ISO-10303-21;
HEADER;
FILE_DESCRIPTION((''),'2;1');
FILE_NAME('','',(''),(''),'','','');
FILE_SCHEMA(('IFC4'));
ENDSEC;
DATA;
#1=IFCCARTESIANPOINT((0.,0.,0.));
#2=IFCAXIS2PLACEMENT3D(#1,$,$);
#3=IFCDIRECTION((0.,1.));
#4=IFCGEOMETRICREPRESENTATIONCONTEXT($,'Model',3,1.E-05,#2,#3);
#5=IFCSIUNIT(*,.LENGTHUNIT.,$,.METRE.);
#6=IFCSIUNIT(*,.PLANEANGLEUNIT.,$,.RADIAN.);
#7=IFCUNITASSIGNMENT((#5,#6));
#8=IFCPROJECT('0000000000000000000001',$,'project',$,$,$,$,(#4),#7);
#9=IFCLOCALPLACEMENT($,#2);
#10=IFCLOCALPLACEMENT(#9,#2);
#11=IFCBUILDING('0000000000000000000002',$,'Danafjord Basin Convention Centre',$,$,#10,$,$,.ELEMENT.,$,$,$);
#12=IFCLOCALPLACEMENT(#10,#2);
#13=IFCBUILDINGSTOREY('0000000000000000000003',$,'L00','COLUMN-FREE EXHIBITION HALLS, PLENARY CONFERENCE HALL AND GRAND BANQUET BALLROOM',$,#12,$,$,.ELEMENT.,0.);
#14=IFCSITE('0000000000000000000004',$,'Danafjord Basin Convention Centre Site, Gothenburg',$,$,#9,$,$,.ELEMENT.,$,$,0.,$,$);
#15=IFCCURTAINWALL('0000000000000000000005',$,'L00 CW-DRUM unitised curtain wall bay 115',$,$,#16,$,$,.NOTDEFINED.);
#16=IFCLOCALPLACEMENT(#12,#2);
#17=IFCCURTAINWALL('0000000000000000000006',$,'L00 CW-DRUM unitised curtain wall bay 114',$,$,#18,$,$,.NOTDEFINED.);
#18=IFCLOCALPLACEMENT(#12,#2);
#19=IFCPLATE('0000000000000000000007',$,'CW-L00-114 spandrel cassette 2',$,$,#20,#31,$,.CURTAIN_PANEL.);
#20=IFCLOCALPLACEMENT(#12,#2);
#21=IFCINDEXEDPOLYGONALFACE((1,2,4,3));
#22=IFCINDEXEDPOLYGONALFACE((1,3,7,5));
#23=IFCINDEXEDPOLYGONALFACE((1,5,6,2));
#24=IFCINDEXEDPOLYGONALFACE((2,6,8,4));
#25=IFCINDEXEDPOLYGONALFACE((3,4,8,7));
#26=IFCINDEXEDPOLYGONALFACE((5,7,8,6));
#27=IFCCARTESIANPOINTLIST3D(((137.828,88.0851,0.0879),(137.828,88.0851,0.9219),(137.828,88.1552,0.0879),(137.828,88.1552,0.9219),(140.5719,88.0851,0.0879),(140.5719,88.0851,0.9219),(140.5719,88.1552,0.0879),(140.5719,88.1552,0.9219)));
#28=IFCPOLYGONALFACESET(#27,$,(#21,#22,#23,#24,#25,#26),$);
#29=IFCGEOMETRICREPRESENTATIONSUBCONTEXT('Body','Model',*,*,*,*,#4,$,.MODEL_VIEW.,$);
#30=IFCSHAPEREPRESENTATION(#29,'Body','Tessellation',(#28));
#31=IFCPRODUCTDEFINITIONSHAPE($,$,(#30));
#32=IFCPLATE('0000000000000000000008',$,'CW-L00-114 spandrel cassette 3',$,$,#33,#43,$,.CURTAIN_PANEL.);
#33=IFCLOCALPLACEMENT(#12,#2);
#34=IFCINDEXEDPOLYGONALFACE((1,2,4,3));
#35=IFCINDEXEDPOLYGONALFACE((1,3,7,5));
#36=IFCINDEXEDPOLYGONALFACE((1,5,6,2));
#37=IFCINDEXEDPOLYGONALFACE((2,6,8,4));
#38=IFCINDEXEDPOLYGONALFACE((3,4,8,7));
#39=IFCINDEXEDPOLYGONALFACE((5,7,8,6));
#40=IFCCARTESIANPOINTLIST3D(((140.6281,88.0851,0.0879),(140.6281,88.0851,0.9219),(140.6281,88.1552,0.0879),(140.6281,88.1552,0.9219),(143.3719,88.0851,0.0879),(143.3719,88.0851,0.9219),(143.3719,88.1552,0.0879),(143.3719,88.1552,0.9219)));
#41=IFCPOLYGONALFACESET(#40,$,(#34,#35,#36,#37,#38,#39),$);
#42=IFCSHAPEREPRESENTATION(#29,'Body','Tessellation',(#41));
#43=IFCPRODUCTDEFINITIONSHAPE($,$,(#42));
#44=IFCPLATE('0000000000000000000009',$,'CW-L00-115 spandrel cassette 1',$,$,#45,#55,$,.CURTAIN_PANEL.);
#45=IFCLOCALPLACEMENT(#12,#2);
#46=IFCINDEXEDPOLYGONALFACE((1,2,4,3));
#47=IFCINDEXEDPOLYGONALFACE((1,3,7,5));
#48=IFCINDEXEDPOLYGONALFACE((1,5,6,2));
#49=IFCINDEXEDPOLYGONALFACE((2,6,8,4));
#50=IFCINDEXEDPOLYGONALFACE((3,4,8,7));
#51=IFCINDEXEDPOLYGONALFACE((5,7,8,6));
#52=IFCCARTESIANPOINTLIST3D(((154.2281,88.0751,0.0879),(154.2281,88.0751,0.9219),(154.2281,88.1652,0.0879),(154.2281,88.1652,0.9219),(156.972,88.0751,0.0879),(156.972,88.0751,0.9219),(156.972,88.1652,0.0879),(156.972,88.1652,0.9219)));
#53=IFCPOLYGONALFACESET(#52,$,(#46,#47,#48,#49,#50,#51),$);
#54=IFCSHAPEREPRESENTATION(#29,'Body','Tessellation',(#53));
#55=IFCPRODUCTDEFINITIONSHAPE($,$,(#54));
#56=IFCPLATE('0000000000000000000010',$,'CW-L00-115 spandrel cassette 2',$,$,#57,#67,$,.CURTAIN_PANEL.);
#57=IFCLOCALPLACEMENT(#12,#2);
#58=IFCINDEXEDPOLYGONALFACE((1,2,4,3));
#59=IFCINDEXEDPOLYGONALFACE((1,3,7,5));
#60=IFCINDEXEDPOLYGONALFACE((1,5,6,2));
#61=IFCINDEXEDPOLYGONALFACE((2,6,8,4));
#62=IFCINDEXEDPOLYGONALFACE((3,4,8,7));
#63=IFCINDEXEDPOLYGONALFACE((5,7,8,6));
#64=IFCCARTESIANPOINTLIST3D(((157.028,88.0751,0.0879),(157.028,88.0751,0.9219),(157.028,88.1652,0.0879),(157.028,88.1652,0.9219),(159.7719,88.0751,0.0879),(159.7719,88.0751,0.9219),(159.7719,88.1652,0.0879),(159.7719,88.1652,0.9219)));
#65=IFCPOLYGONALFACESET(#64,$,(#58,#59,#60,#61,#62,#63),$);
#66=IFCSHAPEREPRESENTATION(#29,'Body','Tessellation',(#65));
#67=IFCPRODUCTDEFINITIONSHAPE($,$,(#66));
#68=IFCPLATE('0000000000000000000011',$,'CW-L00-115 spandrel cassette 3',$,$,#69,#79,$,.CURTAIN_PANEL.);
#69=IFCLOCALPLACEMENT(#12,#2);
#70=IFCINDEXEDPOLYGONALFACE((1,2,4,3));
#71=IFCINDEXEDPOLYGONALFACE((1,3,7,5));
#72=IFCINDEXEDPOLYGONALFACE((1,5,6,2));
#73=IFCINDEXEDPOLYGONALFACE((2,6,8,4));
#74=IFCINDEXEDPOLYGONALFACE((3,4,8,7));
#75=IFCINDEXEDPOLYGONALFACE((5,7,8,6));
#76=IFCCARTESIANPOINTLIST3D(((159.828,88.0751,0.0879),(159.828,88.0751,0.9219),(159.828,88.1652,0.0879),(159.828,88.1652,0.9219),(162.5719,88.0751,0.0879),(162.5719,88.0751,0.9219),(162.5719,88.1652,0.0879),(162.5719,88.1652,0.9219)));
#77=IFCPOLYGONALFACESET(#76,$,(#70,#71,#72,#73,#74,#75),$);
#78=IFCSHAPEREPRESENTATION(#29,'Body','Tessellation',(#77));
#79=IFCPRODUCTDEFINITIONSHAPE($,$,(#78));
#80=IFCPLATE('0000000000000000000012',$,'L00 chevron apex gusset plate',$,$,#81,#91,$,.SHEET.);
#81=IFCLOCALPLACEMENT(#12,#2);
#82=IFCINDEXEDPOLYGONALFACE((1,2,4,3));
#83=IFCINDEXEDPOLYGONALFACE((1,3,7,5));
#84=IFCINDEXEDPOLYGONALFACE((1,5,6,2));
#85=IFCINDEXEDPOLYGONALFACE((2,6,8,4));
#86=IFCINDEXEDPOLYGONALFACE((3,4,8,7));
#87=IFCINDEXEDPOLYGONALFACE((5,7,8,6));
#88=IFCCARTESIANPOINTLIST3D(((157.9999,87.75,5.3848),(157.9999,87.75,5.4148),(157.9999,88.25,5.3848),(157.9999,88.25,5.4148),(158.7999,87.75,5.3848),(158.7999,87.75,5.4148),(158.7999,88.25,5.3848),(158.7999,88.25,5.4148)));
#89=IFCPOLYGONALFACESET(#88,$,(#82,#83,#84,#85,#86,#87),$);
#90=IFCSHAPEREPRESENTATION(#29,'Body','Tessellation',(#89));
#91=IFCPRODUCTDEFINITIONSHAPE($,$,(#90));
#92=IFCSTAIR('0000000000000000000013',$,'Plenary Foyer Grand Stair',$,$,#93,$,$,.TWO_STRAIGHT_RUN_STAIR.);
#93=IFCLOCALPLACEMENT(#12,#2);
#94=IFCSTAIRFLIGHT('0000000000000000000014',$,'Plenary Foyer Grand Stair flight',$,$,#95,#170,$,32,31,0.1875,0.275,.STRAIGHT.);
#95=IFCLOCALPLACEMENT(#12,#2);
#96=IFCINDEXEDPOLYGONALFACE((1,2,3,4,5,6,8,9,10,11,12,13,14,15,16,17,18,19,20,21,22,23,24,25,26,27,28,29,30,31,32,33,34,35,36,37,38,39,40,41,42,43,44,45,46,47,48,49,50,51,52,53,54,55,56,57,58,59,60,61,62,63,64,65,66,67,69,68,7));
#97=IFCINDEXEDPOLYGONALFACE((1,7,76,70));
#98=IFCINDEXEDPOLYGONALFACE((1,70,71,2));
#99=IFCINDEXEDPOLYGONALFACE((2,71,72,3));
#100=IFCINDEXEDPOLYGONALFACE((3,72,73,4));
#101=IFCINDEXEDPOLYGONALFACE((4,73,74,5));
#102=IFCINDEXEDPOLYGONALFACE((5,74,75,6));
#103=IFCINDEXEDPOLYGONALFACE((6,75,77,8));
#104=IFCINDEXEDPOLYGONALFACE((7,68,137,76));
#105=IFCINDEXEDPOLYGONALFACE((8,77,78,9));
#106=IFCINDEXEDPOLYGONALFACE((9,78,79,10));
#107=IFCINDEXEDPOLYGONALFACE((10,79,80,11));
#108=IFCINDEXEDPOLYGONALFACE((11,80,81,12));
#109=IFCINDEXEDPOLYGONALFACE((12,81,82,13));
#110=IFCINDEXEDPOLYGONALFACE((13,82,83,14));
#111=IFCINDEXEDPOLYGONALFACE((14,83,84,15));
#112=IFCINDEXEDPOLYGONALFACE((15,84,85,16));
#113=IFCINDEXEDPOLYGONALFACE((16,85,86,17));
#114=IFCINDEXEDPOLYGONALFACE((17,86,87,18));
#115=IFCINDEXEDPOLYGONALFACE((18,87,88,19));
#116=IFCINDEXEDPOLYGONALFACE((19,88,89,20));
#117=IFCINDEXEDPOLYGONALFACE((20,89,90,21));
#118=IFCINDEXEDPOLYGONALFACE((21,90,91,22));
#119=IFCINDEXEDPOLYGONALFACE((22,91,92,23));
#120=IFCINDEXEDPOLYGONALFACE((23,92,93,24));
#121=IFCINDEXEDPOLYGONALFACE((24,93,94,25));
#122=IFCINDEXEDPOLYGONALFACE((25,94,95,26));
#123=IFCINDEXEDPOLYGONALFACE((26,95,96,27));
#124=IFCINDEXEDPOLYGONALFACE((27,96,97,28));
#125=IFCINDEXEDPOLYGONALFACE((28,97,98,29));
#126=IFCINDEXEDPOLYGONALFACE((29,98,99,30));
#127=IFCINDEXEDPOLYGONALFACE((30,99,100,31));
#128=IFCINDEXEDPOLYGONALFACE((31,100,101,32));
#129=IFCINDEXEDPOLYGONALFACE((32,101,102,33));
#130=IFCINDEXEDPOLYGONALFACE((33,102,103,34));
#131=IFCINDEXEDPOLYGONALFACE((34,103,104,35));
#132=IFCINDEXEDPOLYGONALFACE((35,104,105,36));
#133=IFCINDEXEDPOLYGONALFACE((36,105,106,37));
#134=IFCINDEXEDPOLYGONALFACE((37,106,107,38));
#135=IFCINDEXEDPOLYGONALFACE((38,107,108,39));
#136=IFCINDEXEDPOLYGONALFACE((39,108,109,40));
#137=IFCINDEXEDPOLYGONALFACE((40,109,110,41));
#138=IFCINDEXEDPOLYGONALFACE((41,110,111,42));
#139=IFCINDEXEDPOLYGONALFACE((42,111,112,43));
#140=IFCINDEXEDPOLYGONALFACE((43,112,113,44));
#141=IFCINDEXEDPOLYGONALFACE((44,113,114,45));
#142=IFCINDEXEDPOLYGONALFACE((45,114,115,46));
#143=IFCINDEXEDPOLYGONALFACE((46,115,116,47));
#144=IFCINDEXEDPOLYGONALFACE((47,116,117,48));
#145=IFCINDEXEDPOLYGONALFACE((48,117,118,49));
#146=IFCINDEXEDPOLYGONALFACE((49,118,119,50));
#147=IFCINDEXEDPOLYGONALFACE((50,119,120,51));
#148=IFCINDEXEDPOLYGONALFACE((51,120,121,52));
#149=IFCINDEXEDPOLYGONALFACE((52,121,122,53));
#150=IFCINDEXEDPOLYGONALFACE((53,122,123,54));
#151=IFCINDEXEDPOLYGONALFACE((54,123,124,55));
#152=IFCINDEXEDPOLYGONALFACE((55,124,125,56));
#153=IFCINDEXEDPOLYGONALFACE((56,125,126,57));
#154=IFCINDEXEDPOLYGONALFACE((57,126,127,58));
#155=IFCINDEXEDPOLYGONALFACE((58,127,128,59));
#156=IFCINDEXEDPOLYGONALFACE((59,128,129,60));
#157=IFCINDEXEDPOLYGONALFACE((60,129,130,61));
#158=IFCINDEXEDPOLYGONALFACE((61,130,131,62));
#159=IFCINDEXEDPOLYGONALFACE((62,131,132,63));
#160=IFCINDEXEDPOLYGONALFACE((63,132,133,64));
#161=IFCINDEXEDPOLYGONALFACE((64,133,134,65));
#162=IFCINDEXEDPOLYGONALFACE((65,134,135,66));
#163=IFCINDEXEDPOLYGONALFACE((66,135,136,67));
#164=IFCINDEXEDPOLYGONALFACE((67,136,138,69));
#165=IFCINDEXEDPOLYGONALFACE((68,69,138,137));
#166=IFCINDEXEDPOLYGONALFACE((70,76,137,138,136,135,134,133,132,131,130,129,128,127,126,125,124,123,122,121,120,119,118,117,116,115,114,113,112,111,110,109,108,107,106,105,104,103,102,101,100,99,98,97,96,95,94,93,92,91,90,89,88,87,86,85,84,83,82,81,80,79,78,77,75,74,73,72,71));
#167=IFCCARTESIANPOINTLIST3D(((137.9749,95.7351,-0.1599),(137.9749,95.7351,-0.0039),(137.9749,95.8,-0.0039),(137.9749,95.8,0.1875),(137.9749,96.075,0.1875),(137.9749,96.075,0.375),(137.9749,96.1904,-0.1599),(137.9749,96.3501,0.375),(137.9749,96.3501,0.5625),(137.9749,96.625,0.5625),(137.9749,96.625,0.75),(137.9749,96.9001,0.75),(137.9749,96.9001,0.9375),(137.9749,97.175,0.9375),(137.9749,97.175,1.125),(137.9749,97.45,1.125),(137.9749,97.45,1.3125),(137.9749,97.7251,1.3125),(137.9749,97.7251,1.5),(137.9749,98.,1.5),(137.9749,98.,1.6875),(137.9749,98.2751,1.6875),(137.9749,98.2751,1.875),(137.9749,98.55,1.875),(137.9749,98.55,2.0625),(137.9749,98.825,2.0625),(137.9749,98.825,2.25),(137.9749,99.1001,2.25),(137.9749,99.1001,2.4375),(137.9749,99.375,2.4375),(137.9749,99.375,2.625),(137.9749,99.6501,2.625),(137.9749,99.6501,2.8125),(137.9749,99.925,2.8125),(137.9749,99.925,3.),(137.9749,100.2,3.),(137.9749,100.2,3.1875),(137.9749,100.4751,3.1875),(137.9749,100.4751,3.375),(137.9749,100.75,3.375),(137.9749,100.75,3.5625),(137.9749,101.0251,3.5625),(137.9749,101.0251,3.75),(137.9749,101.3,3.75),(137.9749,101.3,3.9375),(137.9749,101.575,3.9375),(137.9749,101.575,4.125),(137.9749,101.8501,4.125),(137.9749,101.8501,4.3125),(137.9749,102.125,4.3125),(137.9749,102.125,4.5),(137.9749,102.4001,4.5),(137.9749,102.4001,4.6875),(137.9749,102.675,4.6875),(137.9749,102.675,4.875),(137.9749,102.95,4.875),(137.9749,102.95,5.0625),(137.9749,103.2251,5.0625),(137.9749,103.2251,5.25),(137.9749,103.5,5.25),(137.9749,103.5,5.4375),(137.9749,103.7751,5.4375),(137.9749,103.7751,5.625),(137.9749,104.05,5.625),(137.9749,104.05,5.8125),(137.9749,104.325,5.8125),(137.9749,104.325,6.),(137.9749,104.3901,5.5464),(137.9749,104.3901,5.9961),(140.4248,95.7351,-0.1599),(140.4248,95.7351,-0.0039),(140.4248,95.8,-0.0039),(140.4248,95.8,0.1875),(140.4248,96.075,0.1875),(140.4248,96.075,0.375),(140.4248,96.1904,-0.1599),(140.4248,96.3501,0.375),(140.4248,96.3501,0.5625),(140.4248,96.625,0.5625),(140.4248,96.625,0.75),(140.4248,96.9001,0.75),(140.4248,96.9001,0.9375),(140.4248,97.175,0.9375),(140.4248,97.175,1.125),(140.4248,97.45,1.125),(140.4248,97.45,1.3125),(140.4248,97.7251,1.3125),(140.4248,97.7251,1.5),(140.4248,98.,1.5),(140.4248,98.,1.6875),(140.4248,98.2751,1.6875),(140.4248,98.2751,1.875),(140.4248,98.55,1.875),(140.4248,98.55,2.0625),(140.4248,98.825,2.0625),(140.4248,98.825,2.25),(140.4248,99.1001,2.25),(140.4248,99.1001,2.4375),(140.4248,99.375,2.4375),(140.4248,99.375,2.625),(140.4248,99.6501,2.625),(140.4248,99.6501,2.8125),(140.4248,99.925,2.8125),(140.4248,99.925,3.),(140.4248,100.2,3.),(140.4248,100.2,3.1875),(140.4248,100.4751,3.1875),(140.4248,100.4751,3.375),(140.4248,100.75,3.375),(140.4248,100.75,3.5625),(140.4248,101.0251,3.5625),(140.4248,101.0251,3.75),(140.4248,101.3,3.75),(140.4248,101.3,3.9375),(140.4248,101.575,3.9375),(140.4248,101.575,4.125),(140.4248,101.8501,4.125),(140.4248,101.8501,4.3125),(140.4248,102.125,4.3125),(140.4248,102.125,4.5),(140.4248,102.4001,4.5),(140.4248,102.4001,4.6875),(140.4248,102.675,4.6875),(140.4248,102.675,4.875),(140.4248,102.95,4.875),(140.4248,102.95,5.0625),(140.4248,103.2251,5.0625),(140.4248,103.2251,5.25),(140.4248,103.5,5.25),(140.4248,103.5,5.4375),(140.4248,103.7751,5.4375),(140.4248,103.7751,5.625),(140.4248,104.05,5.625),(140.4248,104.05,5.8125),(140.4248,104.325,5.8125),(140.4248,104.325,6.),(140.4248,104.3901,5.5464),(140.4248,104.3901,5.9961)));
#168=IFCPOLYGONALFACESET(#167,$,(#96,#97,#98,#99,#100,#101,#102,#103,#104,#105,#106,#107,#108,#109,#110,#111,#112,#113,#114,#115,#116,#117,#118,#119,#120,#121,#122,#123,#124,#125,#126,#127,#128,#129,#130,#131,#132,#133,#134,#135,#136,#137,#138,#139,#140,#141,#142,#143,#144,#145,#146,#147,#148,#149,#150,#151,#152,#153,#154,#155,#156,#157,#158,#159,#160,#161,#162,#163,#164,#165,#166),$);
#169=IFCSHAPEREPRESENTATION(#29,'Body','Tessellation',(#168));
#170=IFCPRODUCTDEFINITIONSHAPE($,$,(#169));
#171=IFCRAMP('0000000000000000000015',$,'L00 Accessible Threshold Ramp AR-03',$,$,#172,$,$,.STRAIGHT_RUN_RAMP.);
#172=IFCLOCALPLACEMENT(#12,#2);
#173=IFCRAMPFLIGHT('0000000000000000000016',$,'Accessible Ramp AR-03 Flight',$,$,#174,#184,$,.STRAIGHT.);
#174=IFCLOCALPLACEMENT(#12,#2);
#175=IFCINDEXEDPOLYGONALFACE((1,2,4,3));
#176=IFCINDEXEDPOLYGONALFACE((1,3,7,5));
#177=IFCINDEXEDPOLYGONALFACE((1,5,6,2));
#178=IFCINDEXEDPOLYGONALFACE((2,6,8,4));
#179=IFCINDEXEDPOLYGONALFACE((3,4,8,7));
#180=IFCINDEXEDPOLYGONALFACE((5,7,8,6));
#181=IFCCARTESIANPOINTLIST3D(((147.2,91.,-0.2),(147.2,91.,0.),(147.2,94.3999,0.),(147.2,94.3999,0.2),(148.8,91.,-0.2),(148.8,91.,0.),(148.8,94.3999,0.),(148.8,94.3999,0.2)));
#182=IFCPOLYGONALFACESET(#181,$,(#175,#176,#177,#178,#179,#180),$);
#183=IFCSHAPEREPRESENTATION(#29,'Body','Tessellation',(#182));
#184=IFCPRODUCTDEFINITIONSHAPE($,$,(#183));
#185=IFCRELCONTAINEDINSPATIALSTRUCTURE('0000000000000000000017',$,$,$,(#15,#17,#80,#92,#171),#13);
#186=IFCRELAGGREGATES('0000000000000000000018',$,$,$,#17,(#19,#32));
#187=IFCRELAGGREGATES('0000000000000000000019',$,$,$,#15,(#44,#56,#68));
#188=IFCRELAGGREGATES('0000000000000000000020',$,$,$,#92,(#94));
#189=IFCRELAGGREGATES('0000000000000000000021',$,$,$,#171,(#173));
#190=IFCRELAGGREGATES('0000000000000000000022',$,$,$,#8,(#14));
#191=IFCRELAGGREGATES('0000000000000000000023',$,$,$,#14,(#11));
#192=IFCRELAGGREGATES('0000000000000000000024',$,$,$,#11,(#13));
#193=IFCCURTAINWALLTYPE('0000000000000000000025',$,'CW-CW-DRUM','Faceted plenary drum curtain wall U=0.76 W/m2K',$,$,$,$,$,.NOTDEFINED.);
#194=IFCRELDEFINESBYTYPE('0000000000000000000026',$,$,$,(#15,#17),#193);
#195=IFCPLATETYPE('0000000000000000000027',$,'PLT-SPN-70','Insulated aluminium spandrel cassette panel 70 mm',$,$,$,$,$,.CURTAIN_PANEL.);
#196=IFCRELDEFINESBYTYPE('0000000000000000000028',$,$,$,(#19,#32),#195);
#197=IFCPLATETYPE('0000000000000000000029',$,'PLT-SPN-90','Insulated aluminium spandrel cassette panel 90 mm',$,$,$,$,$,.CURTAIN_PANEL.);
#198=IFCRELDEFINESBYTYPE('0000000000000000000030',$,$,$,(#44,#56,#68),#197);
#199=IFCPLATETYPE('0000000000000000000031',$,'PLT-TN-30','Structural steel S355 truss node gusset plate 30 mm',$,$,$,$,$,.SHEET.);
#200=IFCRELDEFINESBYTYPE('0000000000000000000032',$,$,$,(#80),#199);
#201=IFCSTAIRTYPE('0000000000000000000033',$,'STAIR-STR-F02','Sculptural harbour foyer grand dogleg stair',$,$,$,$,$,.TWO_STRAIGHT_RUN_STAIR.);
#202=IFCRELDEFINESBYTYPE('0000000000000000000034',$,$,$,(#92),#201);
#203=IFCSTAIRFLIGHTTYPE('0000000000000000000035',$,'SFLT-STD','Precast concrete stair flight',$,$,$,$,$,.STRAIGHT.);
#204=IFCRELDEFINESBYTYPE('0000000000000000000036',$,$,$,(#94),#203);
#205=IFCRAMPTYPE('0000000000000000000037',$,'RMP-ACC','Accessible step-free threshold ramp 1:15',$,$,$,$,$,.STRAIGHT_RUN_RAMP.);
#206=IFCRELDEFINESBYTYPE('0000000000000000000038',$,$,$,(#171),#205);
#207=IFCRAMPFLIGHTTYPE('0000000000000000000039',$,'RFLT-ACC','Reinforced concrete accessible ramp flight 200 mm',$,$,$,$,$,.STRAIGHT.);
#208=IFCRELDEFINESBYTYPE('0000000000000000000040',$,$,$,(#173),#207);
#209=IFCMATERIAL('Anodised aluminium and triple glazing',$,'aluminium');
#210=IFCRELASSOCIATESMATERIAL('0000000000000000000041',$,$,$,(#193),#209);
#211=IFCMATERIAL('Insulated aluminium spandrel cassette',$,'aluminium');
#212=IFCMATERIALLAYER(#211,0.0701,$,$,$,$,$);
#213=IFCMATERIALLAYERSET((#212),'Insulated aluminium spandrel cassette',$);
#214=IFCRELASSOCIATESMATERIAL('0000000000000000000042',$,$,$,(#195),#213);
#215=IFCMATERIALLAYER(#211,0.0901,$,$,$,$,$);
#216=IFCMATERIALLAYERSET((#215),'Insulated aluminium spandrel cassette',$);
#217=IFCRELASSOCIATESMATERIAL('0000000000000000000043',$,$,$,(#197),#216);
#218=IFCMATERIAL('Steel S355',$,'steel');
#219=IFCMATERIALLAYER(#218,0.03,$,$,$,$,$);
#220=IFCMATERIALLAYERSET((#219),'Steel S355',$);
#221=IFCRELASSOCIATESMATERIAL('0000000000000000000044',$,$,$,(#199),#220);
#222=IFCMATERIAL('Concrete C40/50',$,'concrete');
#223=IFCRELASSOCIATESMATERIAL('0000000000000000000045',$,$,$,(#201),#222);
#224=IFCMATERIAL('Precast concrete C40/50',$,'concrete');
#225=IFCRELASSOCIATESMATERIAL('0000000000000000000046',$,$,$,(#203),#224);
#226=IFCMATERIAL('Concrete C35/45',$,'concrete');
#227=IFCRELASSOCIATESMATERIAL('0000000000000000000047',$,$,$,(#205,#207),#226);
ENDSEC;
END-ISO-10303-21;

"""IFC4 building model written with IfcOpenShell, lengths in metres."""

from ifc_helpers import new_model, si_unit, direction, frame, origin, origin_2d, place, context, subcontext, project, spatial, polyline, rectangle, outline, extrude, material, layer, layer_set, type_object, element, aggregate, save


model = new_model("IFC4")

# Units and contexts
model_context = context("Model", 3, precision=1e-05, world=origin(), true_north=direction((0.0, 1.0)))
body_context = subcontext(model_context, "Body", "Model", "MODEL_VIEW")
ifc_project = project(units=[si_unit("LENGTHUNIT", "METRE"), si_unit("PLANEANGLEUNIT", "RADIAN")], contexts=[model_context])

# Site, building, storey
site_placement = place(None, origin())
site = spatial("IfcSite", under=ifc_project, at=site_placement, Name="Danafjord Basin Convention Centre Site, Gothenburg", CompositionType="ELEMENT", RefElevation=0.0)
building_placement = place(site_placement, origin())
building = spatial("IfcBuilding", under=site, at=building_placement, Name="Danafjord Basin Convention Centre", CompositionType="ELEMENT")
storey_placement = place(building_placement, origin())
storey = spatial("IfcBuildingStorey", under=building, at=storey_placement, Name="L00", Description="COLUMN-FREE EXHIBITION HALLS, PLENARY CONFERENCE HALL AND GRAND BANQUET BALLROOM", CompositionType="ELEMENT", Elevation=0.0)

# Shared definitions
ifc_material_1 = material(Name="Concrete C40/50", Category="concrete")

# Curtain walls
ifc_material_2 = material(Name="Anodised aluminium and triple glazing", Category="aluminium")
curtain_wall_type = type_object("IfcCurtainWallType", Name="CW-CW-DRUM", Description="Faceted plenary drum curtain wall U=0.76 W/m2K", PredefinedType="NOTDEFINED", material=ifc_material_2)
curtain_wall_1_placement = place(storey_placement, origin())
curtain_wall_1 = element("IfcCurtainWall", 1, at=curtain_wall_1_placement, inside=storey, type_object=curtain_wall_type, Name="L00 CW-DRUM unitised curtain wall bay 115", PredefinedType="NOTDEFINED")
curtain_wall_2_placement = place(storey_placement, origin())
curtain_wall_2 = element("IfcCurtainWall", 2, at=curtain_wall_2_placement, inside=storey, type_object=curtain_wall_type, Name="L00 CW-DRUM unitised curtain wall bay 114", PredefinedType="NOTDEFINED")

# Plates
ifc_material_3 = material(Name="Insulated aluminium spandrel cassette", Category="aluminium")
ifc_layer_1 = layer(ifc_material_3, 0.0701)
ifc_layer_set_1 = layer_set([ifc_layer_1], Name="Insulated aluminium spandrel cassette")
plate_type_1 = type_object("IfcPlateType", Name="PLT-SPN-70", Description="Insulated aluminium spandrel cassette panel 70 mm", PredefinedType="CURTAIN_PANEL", material=ifc_layer_set_1)
plate_1_placement = place(storey_placement, frame((139.2, 88.1201, 0.0879), z_axis=(0.0, 0.0, 1.0), x_axis=(1.0, 0.0, 0.0)))
plate_1 = element("IfcPlate", 3, at=plate_1_placement, type_object=plate_type_1, Name="CW-L00-114 spandrel cassette 2", PredefinedType="CURTAIN_PANEL", context=body_context, shape_type="SweptSolid", body=[
    extrude(rectangle(XDim=2.7439, YDim=0.0701, at=origin_2d()), origin(), (0.0, 0.0, 1.0), 0.834),
])
plate_2_placement = place(storey_placement, frame((142.0, 88.1201, 0.0879), z_axis=(0.0, 0.0, 1.0), x_axis=(1.0, 0.0, 0.0)))
plate_2 = element("IfcPlate", 4, at=plate_2_placement, type_object=plate_type_1, Name="CW-L00-114 spandrel cassette 3", PredefinedType="CURTAIN_PANEL", context=body_context, shape_type="SweptSolid", body=[
    extrude(rectangle(XDim=2.7439, YDim=0.0701, at=origin_2d()), origin(), (0.0, 0.0, 1.0), 0.834),
])
aggregate(curtain_wall_2, [plate_1, plate_2])
ifc_layer_2 = layer(ifc_material_3, 0.0901)
ifc_layer_set_2 = layer_set([ifc_layer_2], Name="Insulated aluminium spandrel cassette")
plate_type_2 = type_object("IfcPlateType", Name="PLT-SPN-90", Description="Insulated aluminium spandrel cassette panel 90 mm", PredefinedType="CURTAIN_PANEL", material=ifc_layer_set_2)
plate_3_placement = place(storey_placement, frame((155.6001, 88.1201, 0.0879), z_axis=(0.0, 0.0, 1.0), x_axis=(1.0, 0.0, 0.0)))
plate_3 = element("IfcPlate", 5, at=plate_3_placement, type_object=plate_type_2, Name="CW-L00-115 spandrel cassette 1", PredefinedType="CURTAIN_PANEL", context=body_context, shape_type="SweptSolid", body=[
    extrude(rectangle(XDim=2.7439, YDim=0.0901, at=origin_2d()), origin(), (0.0, 0.0, 1.0), 0.834),
])
plate_4_placement = place(storey_placement, frame((158.3999, 88.1201, 0.0879), z_axis=(0.0, 0.0, 1.0), x_axis=(1.0, 0.0, 0.0)))
plate_4 = element("IfcPlate", 6, at=plate_4_placement, type_object=plate_type_2, Name="CW-L00-115 spandrel cassette 2", PredefinedType="CURTAIN_PANEL", context=body_context, shape_type="SweptSolid", body=[
    extrude(rectangle(XDim=2.7439, YDim=0.0901, at=origin_2d()), origin(), (0.0, 0.0, 1.0), 0.834),
])
plate_5_placement = place(storey_placement, frame((161.2, 88.1201, 0.0879), z_axis=(0.0, 0.0, 1.0), x_axis=(1.0, 0.0, 0.0)))
plate_5 = element("IfcPlate", 7, at=plate_5_placement, type_object=plate_type_2, Name="CW-L00-115 spandrel cassette 3", PredefinedType="CURTAIN_PANEL", context=body_context, shape_type="SweptSolid", body=[
    extrude(rectangle(XDim=2.7439, YDim=0.0901, at=origin_2d()), origin(), (0.0, 0.0, 1.0), 0.834),
])
aggregate(curtain_wall_1, [plate_3, plate_4, plate_5])
ifc_material_4 = material(Name="Steel S355", Category="steel")
ifc_layer_3 = layer(ifc_material_4, 0.03)
ifc_layer_set_3 = layer_set([ifc_layer_3], Name="Steel S355")
plate_type_3 = type_object("IfcPlateType", Name="PLT-TN-30", Description="Structural steel S355 truss node gusset plate 30 mm", PredefinedType="SHEET", material=ifc_layer_set_3)
plate_6_placement = place(storey_placement, frame((158.3999, 88.0, 5.3848), z_axis=(0.0, 0.0, 1.0), x_axis=(1.0, 0.0, 0.0)))
element("IfcPlate", 8, at=plate_6_placement, inside=storey, type_object=plate_type_3, Name="L00 chevron apex gusset plate", PredefinedType="SHEET", context=body_context, shape_type="SweptSolid", body=[
    extrude(rectangle(XDim=0.8, YDim=0.5, at=origin_2d()), origin(), (0.0, 0.0, 1.0), 0.03),
])

# Stair, stair flight
stair_type = type_object("IfcStairType", Name="STAIR-STR-F02", Description="Sculptural harbour foyer grand dogleg stair", PredefinedType="TWO_STRAIGHT_RUN_STAIR", material=ifc_material_1)
stair_placement = place(storey_placement, origin())
stair = element("IfcStair", 9, at=stair_placement, inside=storey, type_object=stair_type, Name="Plenary Foyer Grand Stair", PredefinedType="TWO_STRAIGHT_RUN_STAIR")
ifc_material_5 = material(Name="Precast concrete C40/50", Category="concrete")
stair_flight_type = type_object("IfcStairFlightType", Name="SFLT-STD", Description="Precast concrete stair flight", PredefinedType="STRAIGHT", material=ifc_material_5)
stair_flight_placement = place(storey_placement, frame((139.2, 95.8, 0.0), z_axis=(0.0, 0.0, 1.0), x_axis=(0.0, 1.0, 0.0)))
stair_flight = element("IfcStairFlight", 10, at=stair_flight_placement, type_object=stair_flight_type, Name="Plenary Foyer Grand Stair flight", NumberOfRisers=32, NumberOfTreads=31, PredefinedType="STRAIGHT", RiserHeight=0.1875, TreadLength=0.275, context=body_context, shape_type="SweptSolid", body=[
    extrude(outline(polyline([(-0.0649, -0.1599), (-0.0649, -0.0039), (0.0, -0.0039), (0.0, 0.1875), (0.2749, 0.1875), (0.2749, 0.375), (0.55, 0.375), (0.55, 0.5625), (0.825, 0.5625), (0.825, 0.75), (1.1001, 0.75), (1.1001, 0.9375), (1.375, 0.9375), (1.375, 1.125), (1.6499, 1.125), (1.6499, 1.3125), (1.925, 1.3125), (1.925, 1.5), (2.2, 1.5), (2.2, 1.6875), (2.4751, 1.6875), (2.4751, 1.875), (2.75, 1.875), (2.75, 2.0625), (3.0249, 2.0625), (3.0249, 2.25), (3.3, 2.25), (3.3, 2.4375), (3.575, 2.4375), (3.575, 2.625), (3.8501, 2.625), (3.8501, 2.8125), (4.125, 2.8125), (4.125, 3.0), (4.3999, 3.0), (4.3999, 3.1875), (4.675, 3.1875), (4.675, 3.375), (4.95, 3.375), (4.95, 3.5625), (5.2251, 3.5625), (5.2251, 3.75), (5.5, 3.75), (5.5, 3.9375), (5.7749, 3.9375), (5.7749, 4.125), (6.05, 4.125), (6.05, 4.3125), (6.325, 4.3125), (6.325, 4.5), (6.6001, 4.5), (6.6001, 4.6875), (6.875, 4.6875), (6.875, 4.875), (7.1499, 4.875), (7.1499, 5.0625), (7.425, 5.0625), (7.425, 5.25), (7.7, 5.25), (7.7, 5.4375), (7.9751, 5.4375), (7.9751, 5.625), (8.25, 5.625), (8.25, 5.8125), (8.5249, 5.8125), (8.5249, 6.0), (8.5901, 5.9961), (8.5901, 5.5464), (0.3904, -0.1599), (-0.0649, -0.1599)])), frame((0.0, 1.2251, 0.0), z_axis=(0.0, -1.0, 0.0), x_axis=(1.0, 0.0, 0.0)), (0.0, 0.0, 1.0), 2.45),
])
aggregate(stair, [stair_flight])

# Ramp, ramp flight
ifc_material_6 = material(Name="Concrete C35/45", Category="concrete")
ramp_type = type_object("IfcRampType", Name="RMP-ACC", Description="Accessible step-free threshold ramp 1:15", PredefinedType="STRAIGHT_RUN_RAMP", material=ifc_material_6)
ramp_placement = place(storey_placement, origin())
ramp = element("IfcRamp", 11, at=ramp_placement, inside=storey, type_object=ramp_type, Name="L00 Accessible Threshold Ramp AR-03", PredefinedType="STRAIGHT_RUN_RAMP")
ramp_flight_type = type_object("IfcRampFlightType", Name="RFLT-ACC", Description="Reinforced concrete accessible ramp flight 200 mm", PredefinedType="STRAIGHT", material=ifc_material_6)
ramp_flight_placement = place(storey_placement, frame((148.0, 91.0, 0.0), z_axis=(0.0, 0.0, 1.0), x_axis=(0.0, 1.0, 0.0)))
ramp_flight = element("IfcRampFlight", 12, at=ramp_flight_placement, type_object=ramp_flight_type, Name="Accessible Ramp AR-03 Flight", PredefinedType="STRAIGHT", context=body_context, shape_type="SweptSolid", body=[
    extrude(outline(polyline([(0.0, 0.0), (3.3999, 0.2), (3.3999, 0.0), (0.0, -0.2), (0.0, 0.0)])), frame((0.0, 0.8, 0.0), z_axis=(0.0, -1.0, 0.0), x_axis=(1.0, 0.0, 0.0)), (0.0, 0.0, 1.0), 1.6001),
])
aggregate(ramp, [ramp_flight])

save(model, "model.ifc")
